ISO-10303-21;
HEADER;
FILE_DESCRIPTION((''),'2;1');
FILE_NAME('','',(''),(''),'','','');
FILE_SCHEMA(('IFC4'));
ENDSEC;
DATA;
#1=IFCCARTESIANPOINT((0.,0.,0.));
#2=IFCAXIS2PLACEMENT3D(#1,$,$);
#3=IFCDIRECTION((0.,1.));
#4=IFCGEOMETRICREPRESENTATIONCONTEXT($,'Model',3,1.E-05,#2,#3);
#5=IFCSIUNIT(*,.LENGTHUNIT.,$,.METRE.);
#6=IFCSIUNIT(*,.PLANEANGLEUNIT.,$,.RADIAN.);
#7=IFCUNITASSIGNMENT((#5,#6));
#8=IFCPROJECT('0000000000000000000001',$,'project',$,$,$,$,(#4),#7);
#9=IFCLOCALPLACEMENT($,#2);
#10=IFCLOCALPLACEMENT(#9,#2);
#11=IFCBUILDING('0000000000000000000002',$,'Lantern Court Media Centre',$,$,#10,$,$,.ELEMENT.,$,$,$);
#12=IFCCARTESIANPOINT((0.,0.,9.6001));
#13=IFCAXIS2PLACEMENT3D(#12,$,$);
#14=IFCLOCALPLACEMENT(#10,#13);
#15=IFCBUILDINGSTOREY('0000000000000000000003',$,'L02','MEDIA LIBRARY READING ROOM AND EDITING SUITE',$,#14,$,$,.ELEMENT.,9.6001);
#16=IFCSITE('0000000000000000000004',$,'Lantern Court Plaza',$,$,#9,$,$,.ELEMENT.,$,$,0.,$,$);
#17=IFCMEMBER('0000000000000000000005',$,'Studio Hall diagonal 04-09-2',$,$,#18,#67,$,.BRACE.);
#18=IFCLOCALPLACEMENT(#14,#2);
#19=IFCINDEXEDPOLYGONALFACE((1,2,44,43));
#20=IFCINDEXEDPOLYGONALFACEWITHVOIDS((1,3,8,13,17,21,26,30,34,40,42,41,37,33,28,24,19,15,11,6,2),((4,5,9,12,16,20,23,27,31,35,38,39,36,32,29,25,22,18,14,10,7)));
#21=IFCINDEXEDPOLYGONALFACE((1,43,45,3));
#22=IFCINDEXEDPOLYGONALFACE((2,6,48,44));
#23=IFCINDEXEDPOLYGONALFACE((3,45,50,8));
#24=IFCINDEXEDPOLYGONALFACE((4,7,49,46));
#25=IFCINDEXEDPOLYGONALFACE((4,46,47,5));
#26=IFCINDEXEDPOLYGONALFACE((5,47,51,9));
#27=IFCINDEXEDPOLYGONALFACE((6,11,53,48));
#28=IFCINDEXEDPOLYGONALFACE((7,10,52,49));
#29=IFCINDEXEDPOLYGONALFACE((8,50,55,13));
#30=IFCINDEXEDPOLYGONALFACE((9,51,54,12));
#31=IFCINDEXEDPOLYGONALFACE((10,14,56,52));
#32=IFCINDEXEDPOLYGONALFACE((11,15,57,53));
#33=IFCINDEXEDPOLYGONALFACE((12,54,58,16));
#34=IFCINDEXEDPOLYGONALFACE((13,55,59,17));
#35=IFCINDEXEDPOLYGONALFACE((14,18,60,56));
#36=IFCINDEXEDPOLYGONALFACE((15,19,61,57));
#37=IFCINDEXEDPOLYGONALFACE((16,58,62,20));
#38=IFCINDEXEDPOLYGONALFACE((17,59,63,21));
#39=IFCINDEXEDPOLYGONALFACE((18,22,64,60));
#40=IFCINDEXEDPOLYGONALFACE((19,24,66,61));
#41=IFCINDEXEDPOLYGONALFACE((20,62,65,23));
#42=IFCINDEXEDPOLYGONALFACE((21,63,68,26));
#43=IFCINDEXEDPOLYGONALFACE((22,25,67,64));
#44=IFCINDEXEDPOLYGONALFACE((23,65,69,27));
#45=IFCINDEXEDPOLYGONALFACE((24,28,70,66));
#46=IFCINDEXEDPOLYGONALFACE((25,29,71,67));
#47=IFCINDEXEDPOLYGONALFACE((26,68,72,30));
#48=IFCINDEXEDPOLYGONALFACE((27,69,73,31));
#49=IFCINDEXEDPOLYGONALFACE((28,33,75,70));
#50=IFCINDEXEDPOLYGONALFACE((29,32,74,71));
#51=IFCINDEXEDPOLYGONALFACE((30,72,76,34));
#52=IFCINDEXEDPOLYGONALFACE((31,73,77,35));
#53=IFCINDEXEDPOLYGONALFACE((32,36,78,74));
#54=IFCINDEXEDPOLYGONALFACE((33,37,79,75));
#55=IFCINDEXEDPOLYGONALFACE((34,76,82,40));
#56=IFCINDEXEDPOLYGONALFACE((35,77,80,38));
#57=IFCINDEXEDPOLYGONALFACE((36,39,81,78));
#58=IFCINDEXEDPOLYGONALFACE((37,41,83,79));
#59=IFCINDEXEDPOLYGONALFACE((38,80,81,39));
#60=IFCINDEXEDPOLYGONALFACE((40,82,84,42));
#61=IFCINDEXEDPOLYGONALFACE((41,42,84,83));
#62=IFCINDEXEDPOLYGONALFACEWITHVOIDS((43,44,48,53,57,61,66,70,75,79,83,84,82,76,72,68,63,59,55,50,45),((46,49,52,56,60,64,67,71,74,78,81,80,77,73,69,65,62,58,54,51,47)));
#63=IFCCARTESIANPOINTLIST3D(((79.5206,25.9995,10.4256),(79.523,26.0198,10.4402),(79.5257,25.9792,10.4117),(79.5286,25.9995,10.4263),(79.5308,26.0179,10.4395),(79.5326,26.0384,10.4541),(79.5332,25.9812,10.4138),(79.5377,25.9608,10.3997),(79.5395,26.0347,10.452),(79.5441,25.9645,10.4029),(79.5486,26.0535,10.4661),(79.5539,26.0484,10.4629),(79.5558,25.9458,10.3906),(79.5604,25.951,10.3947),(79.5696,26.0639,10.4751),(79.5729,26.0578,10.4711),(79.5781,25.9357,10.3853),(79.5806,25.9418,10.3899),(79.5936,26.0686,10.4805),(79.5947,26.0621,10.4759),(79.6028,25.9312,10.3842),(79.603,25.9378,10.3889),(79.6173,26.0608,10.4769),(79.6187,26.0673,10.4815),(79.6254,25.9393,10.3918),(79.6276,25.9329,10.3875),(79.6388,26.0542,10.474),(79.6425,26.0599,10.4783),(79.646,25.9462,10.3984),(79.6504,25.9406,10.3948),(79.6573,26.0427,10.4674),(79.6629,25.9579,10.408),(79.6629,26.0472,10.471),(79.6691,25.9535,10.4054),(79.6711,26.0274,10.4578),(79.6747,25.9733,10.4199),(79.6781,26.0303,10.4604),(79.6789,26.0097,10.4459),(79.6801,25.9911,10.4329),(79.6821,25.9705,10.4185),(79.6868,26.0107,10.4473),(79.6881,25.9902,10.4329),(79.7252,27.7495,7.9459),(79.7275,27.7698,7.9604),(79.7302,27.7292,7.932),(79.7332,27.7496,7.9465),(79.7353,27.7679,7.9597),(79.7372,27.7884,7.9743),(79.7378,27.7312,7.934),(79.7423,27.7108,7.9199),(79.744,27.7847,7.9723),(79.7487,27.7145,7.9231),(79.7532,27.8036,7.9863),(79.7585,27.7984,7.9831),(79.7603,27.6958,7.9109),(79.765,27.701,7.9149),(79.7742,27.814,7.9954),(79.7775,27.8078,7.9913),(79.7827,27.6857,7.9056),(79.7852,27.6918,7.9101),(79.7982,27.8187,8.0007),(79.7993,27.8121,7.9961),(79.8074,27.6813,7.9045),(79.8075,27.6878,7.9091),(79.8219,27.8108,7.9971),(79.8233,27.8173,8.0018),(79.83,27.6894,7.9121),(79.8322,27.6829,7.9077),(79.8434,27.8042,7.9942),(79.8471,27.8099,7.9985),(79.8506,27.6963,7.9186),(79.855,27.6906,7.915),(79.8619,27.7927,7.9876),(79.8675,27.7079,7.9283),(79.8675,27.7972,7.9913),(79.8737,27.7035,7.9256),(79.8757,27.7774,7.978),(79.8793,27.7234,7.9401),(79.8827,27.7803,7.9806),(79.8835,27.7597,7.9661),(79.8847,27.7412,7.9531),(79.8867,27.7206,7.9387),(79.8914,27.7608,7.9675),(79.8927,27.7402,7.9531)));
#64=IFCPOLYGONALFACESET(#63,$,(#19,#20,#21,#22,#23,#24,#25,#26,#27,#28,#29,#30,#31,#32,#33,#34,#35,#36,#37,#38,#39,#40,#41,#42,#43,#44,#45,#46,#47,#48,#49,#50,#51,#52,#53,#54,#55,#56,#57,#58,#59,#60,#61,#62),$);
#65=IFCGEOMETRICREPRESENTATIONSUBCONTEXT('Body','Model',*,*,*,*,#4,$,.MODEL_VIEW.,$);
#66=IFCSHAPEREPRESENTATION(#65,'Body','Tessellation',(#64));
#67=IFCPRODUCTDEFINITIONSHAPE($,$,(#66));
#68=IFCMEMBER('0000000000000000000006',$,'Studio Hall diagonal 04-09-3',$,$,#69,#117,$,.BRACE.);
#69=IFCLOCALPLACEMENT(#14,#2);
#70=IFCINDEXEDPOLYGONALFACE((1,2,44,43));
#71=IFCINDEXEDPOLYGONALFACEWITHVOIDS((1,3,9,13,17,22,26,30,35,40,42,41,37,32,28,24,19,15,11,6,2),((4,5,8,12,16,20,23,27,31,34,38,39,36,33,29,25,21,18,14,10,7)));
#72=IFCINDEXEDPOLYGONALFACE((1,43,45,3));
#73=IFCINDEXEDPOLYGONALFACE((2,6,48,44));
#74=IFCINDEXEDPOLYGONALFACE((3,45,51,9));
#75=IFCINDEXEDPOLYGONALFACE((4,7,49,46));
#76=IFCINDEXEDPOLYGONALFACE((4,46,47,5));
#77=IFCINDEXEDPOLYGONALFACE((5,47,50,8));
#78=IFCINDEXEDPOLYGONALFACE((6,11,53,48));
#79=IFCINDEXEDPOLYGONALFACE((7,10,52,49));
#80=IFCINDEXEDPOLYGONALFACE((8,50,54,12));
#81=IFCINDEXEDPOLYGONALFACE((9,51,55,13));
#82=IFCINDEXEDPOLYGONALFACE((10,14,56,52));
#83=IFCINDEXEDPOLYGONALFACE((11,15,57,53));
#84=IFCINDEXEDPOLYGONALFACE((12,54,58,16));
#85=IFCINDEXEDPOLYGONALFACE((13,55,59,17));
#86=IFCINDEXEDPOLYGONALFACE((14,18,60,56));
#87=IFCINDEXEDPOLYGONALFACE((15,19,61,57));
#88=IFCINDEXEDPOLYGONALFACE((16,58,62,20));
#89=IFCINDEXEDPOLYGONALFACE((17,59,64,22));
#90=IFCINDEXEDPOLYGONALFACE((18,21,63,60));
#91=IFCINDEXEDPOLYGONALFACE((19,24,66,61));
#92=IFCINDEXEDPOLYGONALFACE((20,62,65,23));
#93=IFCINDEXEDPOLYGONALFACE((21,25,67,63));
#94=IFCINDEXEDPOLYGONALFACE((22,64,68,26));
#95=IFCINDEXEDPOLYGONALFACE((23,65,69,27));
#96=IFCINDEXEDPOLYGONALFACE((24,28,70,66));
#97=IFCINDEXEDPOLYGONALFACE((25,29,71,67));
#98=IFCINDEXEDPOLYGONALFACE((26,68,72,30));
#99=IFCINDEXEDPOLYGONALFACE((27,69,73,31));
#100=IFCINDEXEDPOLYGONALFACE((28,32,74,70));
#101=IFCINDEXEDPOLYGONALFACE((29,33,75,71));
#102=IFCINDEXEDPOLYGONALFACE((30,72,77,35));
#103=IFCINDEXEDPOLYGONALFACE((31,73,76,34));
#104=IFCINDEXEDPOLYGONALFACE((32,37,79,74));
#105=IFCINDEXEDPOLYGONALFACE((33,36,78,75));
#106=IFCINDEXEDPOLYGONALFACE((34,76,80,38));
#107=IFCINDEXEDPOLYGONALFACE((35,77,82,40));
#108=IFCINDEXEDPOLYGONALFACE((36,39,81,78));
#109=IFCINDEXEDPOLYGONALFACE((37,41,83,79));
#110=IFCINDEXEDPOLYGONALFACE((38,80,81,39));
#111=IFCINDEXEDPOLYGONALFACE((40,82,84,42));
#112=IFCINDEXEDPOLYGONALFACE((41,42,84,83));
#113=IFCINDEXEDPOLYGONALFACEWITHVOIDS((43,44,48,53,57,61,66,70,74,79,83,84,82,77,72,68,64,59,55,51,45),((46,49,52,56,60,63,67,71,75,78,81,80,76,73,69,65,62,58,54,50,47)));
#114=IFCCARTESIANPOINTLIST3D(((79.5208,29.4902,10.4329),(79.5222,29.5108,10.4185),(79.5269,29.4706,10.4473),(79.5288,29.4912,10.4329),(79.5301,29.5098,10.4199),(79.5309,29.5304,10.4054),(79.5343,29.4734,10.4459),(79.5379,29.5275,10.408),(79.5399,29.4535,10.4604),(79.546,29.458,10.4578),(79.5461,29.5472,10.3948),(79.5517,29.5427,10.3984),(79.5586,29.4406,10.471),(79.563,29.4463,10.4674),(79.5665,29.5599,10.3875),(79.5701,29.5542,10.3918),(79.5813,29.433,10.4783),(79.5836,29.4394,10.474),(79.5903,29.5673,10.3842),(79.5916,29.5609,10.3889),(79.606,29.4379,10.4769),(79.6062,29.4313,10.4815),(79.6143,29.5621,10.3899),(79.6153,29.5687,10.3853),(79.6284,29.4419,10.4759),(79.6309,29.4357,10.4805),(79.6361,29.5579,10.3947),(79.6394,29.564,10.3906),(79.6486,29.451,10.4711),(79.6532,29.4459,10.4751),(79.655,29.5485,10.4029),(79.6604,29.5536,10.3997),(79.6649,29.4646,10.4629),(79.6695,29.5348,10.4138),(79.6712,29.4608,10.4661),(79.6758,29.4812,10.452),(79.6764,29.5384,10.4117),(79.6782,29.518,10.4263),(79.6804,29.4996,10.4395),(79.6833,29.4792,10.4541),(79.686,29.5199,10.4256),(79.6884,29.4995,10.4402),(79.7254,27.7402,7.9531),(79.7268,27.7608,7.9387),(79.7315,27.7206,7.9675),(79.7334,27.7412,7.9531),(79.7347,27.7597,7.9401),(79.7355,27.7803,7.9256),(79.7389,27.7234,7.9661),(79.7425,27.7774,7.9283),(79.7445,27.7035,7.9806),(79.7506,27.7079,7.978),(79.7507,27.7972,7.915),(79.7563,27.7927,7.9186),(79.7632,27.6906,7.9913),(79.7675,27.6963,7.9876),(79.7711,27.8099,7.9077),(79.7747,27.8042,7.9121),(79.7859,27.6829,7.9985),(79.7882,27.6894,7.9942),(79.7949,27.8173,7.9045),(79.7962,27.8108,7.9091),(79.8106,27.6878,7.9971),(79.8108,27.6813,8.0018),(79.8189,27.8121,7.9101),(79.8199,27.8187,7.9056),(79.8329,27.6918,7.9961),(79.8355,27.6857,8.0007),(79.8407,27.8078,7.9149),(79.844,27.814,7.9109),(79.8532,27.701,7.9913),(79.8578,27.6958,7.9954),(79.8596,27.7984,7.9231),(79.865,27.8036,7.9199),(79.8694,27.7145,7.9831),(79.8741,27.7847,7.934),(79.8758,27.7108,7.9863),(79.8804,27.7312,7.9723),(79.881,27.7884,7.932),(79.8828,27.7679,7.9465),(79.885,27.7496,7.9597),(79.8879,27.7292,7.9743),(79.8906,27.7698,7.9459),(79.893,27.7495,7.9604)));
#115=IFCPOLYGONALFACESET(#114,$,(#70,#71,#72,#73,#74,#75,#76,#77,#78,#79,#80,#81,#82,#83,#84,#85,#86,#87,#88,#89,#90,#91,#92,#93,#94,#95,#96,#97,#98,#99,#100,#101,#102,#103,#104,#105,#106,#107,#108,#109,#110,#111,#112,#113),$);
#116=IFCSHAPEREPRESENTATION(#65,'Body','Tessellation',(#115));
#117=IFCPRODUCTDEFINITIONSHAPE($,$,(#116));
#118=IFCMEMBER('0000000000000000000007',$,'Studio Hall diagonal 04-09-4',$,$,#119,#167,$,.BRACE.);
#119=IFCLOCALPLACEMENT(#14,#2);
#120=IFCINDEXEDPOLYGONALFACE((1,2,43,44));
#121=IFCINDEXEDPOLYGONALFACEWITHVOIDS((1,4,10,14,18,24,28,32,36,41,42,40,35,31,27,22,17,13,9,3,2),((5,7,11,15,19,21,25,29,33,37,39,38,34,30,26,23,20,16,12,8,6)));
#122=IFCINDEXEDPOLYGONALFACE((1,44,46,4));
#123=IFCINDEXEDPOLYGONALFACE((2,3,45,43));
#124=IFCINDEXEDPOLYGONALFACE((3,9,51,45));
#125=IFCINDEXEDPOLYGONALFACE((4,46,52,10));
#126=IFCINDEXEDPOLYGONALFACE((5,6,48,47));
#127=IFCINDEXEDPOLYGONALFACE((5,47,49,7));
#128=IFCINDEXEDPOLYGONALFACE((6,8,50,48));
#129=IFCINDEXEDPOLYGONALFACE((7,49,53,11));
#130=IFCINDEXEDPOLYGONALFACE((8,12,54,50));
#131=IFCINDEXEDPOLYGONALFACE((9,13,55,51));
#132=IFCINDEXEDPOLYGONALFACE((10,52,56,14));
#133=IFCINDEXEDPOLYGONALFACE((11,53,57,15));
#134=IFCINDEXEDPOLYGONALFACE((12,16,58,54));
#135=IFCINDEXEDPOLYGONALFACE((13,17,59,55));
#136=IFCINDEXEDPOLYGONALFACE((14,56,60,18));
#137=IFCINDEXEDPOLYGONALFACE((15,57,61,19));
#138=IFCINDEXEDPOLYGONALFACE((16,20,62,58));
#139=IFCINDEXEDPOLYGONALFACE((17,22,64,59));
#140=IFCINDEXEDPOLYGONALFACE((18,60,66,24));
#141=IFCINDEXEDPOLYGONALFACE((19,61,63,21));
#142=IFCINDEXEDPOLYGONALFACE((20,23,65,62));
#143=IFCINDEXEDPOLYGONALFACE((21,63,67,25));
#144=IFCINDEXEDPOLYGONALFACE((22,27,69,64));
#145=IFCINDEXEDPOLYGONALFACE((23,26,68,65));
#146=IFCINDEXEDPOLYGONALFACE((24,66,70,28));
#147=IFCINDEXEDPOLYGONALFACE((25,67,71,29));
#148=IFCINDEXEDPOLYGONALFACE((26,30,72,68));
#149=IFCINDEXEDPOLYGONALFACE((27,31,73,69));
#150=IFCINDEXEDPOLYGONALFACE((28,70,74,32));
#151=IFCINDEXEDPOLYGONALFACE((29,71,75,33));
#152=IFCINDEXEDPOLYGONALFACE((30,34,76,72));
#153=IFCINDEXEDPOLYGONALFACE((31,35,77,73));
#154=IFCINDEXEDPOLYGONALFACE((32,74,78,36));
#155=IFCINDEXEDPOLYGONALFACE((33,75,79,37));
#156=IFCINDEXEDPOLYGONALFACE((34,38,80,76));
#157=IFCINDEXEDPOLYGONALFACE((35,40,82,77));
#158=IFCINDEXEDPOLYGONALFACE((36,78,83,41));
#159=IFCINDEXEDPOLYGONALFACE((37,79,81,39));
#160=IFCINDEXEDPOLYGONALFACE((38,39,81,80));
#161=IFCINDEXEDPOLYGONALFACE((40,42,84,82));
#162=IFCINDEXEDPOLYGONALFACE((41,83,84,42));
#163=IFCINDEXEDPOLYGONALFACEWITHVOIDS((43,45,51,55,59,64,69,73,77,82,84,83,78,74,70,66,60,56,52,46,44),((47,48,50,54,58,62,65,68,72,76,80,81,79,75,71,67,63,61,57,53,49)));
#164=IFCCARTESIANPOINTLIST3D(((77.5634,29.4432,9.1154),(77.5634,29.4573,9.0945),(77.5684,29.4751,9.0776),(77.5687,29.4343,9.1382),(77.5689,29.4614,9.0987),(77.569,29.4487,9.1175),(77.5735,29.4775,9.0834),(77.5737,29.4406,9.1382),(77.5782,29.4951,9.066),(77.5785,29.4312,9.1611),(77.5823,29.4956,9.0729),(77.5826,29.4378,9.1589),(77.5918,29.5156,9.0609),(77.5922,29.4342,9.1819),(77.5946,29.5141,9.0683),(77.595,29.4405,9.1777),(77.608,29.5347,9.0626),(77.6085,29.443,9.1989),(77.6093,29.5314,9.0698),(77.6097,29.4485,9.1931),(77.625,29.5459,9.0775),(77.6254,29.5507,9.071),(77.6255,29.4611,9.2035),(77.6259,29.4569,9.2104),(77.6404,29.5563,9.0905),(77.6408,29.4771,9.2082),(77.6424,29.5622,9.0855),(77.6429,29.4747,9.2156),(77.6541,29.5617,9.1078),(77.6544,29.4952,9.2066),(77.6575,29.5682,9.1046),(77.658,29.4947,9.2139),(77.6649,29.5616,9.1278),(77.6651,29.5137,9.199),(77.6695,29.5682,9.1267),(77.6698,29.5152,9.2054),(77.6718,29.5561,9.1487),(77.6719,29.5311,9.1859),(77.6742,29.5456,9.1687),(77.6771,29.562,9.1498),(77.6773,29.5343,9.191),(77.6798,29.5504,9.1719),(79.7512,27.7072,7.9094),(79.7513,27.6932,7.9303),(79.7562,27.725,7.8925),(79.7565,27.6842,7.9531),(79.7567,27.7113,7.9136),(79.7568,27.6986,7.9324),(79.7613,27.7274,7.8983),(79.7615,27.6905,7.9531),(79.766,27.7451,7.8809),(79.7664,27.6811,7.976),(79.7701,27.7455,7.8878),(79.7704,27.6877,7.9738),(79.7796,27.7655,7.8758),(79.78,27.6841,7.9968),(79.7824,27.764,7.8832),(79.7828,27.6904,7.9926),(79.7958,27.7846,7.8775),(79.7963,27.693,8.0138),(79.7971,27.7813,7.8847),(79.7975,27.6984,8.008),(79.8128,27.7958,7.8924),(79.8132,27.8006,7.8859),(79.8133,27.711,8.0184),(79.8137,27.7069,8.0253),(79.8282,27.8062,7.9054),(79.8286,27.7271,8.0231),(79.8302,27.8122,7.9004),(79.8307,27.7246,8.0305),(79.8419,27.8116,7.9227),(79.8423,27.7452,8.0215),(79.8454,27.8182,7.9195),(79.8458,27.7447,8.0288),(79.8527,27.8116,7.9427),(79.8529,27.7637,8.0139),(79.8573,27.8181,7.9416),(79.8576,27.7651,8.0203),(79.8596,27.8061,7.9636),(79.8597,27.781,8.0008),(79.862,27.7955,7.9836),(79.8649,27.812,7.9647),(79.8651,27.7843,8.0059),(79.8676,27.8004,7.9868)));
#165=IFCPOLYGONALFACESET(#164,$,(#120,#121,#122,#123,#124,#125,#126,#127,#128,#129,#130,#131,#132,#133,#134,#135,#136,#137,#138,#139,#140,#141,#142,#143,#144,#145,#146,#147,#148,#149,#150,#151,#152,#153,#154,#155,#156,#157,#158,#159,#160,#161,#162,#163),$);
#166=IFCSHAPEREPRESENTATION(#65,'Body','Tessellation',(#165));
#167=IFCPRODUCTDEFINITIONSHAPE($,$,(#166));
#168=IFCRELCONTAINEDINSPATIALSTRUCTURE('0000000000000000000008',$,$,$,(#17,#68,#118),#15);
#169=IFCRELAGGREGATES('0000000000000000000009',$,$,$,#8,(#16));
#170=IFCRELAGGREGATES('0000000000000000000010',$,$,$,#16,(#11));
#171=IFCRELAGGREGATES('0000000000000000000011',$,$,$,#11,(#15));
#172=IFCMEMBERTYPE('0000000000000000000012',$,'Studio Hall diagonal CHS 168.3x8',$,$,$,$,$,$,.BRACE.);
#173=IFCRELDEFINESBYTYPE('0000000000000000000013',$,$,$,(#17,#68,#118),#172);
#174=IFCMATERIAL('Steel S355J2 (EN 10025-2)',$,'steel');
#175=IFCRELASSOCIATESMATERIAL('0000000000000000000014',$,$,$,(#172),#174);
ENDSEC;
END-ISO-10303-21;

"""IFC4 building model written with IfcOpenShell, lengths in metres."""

from ifc_helpers import new_model, si_unit, direction, frame, origin, origin_2d, place, context, subcontext, project, spatial, hollow_circle, extrude, material, material_profile, profile_set, type_object, element, save


model = new_model("IFC4")

# Units and contexts
model_context = context("Model", 3, precision=1e-05, world=origin(), true_north=direction((0.0, 1.0)))
body_context = subcontext(model_context, "Body", "Model", "MODEL_VIEW")
ifc_project = project(units=[si_unit("LENGTHUNIT", "METRE"), si_unit("PLANEANGLEUNIT", "RADIAN")], contexts=[model_context])

# Site, building, storey
site_placement = place(None, origin())
site = spatial("IfcSite", under=ifc_project, at=site_placement, Name="Lantern Court Plaza", CompositionType="ELEMENT", RefElevation=0.0)
building_placement = place(site_placement, origin())
building = spatial("IfcBuilding", under=site, at=building_placement, Name="Lantern Court Media Centre", CompositionType="ELEMENT")
storey_placement = place(building_placement, frame((0.0, 0.0, 9.6001)))
storey = spatial("IfcBuildingStorey", under=building, at=storey_placement, Name="L02", Description="MEDIA LIBRARY READING ROOM AND EDITING SUITE", CompositionType="ELEMENT", Elevation=9.6001)

# Members
ifc_material = material(Name="Steel S355J2 (EN 10025-2)", Category="steel")
ifc_material_profile_1 = material_profile(ifc_material, hollow_circle(Radius=0.0842, WallThickness=0.0081, at=origin_2d()), Name="Studio Hall diagonal CHS 168.3x8")
ifc_profile_set_1 = profile_set([ifc_material_profile_1], Name="Steel S355J2 (EN 10025-2)")
member_type_1 = type_object("IfcMemberType", Name="Studio Hall diagonal CHS 168.3x8", PredefinedType="BRACE", material=ifc_profile_set_1)
for number, where, z_axis, x_axis, name in (
    (1, (79.8091, 27.75, 7.9531), (-0.067256, -0.575289, 0.81518), (0.993235, -0.116118, 0.0), "Studio Hall diagonal 04-09-2"),
    (2, (79.8091, 27.75, 7.9531), (-0.067256, 0.575289, 0.81518), (-0.993235, -0.116118, 0.0), "Studio Hall diagonal 04-09-3"),
    (3, (79.8091, 27.75, 7.9531), (-0.719206, 0.5753, 0.38958), (-0.624653, -0.780903, 0.0), "Studio Hall diagonal 04-09-4"),
):
    element("IfcMember", number, at=place(storey_placement, frame(where, z_axis=z_axis, x_axis=x_axis)), inside=storey, type_object=member_type_1, Name=name, PredefinedType="BRACE", context=body_context, shape_type="SweptSolid", body=[
        extrude(hollow_circle(Radius=0.0842, WallThickness=0.0081, at=origin_2d()), origin(), (0.0, 0.0, 1.0), 3.042),
    ])

save(model, "model.ifc")
